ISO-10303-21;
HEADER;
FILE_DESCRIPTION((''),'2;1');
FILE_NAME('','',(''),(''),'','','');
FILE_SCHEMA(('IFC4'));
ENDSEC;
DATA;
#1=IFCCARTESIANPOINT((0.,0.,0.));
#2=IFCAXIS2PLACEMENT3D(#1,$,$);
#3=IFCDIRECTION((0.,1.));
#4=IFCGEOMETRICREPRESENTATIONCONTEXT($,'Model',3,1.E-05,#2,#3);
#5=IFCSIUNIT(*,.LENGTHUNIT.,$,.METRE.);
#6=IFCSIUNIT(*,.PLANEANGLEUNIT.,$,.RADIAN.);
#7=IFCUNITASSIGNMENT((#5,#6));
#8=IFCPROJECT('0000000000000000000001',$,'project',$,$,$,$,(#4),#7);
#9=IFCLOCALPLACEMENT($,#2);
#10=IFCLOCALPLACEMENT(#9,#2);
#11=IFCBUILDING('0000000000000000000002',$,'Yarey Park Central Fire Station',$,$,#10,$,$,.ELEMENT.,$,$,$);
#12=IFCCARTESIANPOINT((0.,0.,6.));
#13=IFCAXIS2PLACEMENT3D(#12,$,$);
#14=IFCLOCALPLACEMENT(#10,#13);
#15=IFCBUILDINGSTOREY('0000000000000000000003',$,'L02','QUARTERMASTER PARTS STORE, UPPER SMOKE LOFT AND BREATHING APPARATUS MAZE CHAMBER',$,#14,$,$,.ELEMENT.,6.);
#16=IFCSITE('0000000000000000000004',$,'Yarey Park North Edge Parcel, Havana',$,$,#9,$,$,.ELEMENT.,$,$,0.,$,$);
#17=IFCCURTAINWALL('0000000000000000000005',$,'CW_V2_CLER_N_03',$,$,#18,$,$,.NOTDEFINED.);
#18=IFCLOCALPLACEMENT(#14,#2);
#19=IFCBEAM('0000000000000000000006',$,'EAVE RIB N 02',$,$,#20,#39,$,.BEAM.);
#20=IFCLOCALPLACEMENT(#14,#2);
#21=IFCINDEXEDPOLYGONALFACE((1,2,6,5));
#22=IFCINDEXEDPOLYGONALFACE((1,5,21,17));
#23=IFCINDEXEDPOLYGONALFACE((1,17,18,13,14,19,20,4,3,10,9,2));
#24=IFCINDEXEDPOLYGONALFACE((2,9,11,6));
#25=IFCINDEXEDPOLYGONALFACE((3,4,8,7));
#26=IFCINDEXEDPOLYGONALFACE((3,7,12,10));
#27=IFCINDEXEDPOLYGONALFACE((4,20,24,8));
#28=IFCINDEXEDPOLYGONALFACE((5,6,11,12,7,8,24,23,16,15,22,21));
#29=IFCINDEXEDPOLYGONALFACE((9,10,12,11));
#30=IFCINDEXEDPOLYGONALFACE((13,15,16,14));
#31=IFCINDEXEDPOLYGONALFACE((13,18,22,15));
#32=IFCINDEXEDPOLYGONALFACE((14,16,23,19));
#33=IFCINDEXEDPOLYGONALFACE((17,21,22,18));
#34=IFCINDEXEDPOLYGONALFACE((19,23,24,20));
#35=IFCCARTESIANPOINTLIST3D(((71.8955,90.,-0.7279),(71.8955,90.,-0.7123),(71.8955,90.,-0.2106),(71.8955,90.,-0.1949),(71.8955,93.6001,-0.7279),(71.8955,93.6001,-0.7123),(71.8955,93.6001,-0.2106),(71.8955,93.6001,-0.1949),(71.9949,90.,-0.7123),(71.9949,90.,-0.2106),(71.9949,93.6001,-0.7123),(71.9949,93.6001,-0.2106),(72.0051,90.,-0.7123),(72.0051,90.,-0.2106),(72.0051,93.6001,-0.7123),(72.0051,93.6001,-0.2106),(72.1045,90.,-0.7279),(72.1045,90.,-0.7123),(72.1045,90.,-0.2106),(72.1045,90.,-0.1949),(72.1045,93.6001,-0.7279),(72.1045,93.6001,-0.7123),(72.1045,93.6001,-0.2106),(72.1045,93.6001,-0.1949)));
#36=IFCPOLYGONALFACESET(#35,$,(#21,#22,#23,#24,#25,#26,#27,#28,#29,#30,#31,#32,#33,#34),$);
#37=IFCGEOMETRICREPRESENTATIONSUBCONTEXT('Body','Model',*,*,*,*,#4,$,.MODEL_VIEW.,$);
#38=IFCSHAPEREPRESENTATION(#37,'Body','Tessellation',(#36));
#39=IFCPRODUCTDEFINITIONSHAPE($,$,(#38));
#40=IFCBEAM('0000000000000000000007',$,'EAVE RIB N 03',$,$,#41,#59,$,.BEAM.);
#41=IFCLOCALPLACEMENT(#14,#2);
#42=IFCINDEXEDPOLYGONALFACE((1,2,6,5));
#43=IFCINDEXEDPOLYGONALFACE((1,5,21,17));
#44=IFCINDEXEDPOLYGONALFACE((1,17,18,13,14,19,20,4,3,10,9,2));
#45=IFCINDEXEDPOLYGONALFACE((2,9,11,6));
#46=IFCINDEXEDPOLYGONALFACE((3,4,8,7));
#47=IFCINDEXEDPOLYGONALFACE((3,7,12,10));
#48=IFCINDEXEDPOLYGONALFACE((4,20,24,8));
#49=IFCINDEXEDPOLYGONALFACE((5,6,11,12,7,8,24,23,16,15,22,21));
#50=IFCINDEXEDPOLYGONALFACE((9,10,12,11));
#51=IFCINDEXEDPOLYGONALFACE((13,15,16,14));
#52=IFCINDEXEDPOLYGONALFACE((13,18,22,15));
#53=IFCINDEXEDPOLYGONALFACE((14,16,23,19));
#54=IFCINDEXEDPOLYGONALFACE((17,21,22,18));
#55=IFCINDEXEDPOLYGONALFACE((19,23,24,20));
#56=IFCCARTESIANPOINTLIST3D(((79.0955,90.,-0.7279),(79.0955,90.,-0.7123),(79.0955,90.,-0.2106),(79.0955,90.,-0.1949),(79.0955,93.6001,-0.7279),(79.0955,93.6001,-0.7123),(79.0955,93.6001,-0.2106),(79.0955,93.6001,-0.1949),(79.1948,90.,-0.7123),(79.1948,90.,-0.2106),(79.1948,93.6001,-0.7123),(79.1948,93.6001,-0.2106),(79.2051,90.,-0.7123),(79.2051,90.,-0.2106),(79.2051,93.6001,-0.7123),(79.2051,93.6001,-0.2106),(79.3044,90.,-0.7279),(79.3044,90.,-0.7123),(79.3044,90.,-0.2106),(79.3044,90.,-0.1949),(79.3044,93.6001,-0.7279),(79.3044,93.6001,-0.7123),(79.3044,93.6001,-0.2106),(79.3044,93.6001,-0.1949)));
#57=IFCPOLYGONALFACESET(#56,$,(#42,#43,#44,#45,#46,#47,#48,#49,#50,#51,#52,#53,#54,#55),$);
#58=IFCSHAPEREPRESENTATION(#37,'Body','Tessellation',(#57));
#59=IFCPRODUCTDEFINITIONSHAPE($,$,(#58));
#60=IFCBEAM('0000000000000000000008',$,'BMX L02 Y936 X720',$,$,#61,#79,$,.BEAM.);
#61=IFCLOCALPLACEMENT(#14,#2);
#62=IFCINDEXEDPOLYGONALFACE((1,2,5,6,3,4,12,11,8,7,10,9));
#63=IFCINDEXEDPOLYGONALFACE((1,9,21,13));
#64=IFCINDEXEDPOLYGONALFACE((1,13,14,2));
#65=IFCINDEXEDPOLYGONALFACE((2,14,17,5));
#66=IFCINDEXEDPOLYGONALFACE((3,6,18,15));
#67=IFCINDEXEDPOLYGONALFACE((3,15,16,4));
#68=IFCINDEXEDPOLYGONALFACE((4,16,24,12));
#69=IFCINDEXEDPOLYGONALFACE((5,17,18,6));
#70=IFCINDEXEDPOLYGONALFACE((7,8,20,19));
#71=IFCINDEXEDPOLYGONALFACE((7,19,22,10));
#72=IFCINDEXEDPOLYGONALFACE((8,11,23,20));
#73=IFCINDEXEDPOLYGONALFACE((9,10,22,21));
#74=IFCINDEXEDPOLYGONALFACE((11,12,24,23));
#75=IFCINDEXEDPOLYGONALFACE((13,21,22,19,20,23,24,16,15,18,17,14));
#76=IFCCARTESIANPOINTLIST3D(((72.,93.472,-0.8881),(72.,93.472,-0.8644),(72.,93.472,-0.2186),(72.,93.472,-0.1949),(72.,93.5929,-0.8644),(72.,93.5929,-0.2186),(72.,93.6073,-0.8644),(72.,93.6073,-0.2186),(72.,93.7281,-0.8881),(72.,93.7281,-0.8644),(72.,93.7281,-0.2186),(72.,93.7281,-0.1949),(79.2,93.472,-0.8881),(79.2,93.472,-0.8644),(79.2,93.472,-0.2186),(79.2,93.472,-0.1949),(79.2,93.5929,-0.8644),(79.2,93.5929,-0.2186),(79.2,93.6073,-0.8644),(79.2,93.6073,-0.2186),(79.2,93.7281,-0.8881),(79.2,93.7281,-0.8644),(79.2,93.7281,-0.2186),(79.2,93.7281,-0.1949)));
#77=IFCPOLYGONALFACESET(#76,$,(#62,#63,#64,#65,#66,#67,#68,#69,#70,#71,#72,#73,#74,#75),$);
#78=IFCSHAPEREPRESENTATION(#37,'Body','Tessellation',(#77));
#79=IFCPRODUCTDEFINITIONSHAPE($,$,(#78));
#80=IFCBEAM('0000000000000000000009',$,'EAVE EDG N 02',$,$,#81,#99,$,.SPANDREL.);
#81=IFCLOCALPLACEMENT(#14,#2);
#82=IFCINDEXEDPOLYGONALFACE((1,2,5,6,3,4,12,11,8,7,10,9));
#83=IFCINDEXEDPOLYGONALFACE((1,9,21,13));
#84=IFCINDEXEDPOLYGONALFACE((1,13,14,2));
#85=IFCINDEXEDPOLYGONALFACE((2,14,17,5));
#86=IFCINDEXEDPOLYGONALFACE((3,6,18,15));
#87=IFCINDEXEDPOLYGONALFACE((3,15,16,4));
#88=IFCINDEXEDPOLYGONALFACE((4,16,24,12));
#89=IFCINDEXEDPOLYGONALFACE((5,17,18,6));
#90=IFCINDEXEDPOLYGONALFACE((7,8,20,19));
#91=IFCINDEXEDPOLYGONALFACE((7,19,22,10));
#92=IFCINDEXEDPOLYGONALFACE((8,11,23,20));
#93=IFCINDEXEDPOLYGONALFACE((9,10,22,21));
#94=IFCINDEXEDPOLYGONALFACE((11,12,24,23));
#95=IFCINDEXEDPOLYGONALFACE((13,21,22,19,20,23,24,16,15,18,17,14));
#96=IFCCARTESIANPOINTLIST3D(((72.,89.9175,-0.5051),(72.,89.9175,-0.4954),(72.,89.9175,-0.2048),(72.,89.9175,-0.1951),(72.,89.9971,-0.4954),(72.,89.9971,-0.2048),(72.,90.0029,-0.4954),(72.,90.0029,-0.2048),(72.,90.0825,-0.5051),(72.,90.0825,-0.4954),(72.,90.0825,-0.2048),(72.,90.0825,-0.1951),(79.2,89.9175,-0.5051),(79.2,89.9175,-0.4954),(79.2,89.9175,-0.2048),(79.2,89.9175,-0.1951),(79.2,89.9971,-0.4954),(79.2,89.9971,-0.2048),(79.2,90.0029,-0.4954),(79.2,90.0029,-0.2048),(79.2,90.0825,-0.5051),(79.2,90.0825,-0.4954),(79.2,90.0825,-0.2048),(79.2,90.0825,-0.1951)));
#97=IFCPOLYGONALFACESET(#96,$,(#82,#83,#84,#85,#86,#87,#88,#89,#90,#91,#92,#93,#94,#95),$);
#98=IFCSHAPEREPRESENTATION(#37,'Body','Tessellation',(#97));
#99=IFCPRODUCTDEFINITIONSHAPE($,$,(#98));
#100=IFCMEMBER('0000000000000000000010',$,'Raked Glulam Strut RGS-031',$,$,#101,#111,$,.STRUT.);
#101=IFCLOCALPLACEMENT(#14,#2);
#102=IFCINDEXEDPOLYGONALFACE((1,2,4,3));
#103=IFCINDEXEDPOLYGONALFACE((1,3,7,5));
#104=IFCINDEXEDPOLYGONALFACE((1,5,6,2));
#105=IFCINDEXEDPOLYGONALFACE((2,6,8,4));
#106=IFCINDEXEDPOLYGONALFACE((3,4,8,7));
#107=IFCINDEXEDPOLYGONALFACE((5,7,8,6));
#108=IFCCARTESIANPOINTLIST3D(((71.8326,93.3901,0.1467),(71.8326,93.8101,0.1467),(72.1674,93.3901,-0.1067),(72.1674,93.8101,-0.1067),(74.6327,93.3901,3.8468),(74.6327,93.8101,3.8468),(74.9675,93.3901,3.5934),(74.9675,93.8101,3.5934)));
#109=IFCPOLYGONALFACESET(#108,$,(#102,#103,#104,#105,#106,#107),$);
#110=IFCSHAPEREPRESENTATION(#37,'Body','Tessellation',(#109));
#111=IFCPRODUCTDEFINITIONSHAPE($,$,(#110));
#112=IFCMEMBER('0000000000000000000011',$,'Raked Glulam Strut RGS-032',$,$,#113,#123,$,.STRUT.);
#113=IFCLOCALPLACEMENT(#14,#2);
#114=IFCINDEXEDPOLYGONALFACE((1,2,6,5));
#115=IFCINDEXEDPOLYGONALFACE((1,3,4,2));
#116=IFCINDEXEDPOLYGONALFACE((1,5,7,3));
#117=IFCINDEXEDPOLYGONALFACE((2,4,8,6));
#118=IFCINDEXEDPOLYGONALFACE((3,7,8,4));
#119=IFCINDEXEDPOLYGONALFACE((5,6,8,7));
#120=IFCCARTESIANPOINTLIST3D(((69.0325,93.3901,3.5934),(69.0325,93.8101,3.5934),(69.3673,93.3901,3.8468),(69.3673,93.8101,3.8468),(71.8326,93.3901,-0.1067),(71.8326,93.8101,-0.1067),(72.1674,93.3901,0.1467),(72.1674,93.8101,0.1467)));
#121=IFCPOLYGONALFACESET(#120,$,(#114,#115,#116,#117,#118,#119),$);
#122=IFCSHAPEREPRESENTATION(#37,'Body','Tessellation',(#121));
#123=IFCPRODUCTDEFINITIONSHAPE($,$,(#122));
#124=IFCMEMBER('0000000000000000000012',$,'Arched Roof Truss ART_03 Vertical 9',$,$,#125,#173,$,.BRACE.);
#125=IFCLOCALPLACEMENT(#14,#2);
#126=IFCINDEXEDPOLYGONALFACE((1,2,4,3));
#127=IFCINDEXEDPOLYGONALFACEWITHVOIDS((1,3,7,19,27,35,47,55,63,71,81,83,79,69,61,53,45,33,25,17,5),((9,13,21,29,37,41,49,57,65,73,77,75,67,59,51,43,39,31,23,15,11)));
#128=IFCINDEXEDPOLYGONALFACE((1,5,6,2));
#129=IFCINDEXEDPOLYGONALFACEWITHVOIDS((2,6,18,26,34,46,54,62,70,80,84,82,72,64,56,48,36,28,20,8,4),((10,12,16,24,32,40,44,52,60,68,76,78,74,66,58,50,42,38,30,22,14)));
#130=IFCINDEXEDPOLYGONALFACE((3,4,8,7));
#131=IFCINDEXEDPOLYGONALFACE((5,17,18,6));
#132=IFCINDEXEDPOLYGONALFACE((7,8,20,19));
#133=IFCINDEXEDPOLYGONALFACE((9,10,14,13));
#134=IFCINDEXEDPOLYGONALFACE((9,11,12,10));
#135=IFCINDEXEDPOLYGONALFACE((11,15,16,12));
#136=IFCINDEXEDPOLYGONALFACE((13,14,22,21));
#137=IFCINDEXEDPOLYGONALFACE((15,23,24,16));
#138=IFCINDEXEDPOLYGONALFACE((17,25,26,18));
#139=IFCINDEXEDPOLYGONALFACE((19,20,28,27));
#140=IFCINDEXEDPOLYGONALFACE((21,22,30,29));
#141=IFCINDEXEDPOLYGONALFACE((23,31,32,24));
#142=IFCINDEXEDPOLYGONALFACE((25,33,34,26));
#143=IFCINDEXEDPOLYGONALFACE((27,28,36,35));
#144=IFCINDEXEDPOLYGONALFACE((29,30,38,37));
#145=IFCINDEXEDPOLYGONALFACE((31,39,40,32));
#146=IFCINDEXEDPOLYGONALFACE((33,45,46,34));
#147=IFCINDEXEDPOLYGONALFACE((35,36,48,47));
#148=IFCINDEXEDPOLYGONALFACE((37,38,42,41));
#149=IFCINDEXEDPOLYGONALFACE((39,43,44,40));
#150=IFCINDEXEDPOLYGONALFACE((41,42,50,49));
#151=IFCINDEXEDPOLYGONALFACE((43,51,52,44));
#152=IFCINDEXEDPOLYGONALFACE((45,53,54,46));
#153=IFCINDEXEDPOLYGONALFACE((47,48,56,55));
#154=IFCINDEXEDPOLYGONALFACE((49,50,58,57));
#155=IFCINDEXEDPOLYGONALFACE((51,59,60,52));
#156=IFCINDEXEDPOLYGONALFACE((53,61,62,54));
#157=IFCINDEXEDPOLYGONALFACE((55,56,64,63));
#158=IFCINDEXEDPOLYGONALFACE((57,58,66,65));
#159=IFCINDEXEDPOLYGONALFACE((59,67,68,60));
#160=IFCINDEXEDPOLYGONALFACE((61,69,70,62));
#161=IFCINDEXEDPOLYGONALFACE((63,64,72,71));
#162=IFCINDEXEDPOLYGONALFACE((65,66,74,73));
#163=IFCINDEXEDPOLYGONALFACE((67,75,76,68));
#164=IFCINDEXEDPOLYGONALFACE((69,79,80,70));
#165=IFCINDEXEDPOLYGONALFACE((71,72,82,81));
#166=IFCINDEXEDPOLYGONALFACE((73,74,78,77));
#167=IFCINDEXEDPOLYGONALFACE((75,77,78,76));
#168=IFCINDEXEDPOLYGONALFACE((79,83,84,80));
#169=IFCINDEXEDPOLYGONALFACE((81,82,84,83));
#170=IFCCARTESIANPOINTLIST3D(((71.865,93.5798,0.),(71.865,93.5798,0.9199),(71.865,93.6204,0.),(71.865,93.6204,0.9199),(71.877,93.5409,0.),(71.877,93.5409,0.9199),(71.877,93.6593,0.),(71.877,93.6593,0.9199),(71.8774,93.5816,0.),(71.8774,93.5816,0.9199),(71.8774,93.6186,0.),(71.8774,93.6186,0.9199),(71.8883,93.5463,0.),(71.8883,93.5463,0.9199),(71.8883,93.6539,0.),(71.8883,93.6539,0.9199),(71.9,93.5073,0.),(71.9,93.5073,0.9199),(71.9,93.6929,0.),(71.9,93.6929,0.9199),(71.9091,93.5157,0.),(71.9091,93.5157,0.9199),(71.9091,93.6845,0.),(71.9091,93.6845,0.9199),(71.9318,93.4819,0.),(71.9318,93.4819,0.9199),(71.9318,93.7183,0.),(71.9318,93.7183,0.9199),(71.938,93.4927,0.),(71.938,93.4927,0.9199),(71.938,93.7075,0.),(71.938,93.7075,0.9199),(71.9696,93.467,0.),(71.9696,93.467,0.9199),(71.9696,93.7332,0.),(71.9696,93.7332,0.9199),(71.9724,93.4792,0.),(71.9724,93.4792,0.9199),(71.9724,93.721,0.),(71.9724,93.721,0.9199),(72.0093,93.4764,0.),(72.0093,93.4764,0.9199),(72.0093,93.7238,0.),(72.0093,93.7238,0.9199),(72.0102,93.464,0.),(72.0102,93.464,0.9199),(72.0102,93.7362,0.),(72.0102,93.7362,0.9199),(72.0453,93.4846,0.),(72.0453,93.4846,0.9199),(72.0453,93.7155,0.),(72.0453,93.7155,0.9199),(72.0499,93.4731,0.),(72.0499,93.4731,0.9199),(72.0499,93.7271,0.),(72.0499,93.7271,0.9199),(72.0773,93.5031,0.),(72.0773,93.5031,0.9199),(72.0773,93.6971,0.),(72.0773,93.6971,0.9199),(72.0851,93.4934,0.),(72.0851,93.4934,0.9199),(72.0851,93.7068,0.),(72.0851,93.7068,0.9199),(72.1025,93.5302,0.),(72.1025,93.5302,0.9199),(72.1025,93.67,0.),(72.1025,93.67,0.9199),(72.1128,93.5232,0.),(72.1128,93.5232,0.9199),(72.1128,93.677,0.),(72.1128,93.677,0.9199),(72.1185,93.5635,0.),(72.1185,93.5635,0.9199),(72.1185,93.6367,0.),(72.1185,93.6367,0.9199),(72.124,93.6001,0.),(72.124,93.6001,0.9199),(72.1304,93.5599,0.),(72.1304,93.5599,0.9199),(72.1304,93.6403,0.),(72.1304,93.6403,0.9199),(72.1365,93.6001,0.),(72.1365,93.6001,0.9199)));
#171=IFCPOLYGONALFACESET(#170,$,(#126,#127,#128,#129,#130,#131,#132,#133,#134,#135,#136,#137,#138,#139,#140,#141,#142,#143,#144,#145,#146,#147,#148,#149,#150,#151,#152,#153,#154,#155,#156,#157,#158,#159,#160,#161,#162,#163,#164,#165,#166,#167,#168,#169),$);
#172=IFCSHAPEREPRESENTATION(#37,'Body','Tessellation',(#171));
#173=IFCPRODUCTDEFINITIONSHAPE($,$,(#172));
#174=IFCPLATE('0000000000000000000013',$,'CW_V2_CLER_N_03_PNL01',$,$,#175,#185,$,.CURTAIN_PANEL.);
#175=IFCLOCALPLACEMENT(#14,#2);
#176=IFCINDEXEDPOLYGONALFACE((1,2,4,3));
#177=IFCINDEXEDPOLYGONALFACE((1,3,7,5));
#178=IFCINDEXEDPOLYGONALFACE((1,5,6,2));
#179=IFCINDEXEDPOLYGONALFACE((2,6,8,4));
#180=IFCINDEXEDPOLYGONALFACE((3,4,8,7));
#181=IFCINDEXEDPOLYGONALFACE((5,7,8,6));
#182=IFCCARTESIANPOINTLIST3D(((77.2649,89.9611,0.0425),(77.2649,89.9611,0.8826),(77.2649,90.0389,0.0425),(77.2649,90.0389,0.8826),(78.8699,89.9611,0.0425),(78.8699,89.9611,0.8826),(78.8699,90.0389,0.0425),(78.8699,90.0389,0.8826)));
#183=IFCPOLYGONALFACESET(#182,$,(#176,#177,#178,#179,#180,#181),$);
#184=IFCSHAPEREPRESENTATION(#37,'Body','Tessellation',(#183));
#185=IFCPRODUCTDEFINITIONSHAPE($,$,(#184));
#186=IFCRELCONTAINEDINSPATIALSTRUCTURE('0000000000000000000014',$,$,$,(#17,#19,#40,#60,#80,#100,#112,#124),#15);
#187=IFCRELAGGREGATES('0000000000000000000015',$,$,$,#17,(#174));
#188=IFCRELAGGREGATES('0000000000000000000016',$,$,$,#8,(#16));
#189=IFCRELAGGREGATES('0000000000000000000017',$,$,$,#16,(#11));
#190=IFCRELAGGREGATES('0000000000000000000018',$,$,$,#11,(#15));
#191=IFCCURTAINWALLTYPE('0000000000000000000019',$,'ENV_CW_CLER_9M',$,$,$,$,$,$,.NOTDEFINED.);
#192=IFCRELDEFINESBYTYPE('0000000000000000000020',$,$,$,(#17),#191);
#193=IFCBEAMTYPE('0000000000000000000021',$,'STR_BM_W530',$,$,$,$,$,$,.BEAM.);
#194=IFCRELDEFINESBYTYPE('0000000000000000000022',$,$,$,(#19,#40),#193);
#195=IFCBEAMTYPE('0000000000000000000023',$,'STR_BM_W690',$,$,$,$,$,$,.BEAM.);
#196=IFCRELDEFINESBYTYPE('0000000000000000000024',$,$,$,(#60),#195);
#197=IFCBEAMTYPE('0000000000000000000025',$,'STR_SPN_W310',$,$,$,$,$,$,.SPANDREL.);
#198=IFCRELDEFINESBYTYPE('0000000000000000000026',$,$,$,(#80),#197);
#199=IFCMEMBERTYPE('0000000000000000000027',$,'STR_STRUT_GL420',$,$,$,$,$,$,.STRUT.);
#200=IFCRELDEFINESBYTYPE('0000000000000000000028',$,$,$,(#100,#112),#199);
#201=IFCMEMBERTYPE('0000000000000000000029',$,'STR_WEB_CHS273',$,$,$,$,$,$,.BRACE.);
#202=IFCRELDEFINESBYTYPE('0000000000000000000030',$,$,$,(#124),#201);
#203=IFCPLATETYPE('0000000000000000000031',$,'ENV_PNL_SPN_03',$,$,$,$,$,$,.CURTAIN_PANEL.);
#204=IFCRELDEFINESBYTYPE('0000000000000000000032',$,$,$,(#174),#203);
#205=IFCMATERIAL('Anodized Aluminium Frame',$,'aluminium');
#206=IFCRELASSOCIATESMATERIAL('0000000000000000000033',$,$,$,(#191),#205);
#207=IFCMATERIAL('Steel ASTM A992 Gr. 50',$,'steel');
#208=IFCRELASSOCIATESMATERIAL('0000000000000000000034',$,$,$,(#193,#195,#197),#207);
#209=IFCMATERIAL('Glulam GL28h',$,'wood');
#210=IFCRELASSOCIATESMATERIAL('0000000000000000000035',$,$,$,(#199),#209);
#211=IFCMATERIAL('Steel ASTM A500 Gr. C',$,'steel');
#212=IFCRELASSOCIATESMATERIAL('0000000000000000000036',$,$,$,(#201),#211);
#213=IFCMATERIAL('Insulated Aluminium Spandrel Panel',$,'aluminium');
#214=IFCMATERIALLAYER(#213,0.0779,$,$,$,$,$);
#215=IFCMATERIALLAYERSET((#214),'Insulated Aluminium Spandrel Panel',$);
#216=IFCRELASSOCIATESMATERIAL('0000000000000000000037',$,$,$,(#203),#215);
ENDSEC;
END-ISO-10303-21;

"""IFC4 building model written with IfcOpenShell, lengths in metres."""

from ifc_helpers import new_model, si_unit, direction, frame, origin, origin_2d, place, context, subcontext, project, spatial, rectangle, hollow_circle, i_section, extrude, material, layer, layer_set, material_profile, profile_set, type_object, element, aggregate, save


model = new_model("IFC4")

# Units and contexts
model_context = context("Model", 3, precision=1e-05, world=origin(), true_north=direction((0.0, 1.0)))
body_context = subcontext(model_context, "Body", "Model", "MODEL_VIEW")
ifc_project = project(units=[si_unit("LENGTHUNIT", "METRE"), si_unit("PLANEANGLEUNIT", "RADIAN")], contexts=[model_context])

# Site, building, storey
site_placement = place(None, origin())
site = spatial("IfcSite", under=ifc_project, at=site_placement, Name="Yarey Park North Edge Parcel, Havana", CompositionType="ELEMENT", RefElevation=0.0)
building_placement = place(site_placement, origin())
building = spatial("IfcBuilding", under=site, at=building_placement, Name="Yarey Park Central Fire Station", CompositionType="ELEMENT")
storey_placement = place(building_placement, frame((0.0, 0.0, 6.0)))
storey = spatial("IfcBuildingStorey", under=building, at=storey_placement, Name="L02", Description="QUARTERMASTER PARTS STORE, UPPER SMOKE LOFT AND BREATHING APPARATUS MAZE CHAMBER", CompositionType="ELEMENT", Elevation=6.0)

# Shared definitions
ifc_material_1 = material(Name="Steel ASTM A992 Gr. 50", Category="steel")

# Curtain wall
ifc_material_2 = material(Name="Anodized Aluminium Frame", Category="aluminium")
curtain_wall_type = type_object("IfcCurtainWallType", Name="ENV_CW_CLER_9M", PredefinedType="NOTDEFINED", material=ifc_material_2)
curtain_wall_placement = place(storey_placement, origin())
curtain_wall = element("IfcCurtainWall", 1, at=curtain_wall_placement, inside=storey, type_object=curtain_wall_type, Name="CW_V2_CLER_N_03", PredefinedType="NOTDEFINED")

# Beams
ifc_material_profile_1 = material_profile(ifc_material_1, i_section(OverallWidth=0.209, OverallDepth=0.533, WebThickness=0.0103, FlangeThickness=0.0156, at=origin_2d()), Name="W530x92")
ifc_profile_set_1 = profile_set([ifc_material_profile_1], Name="Steel ASTM A992 Gr. 50")
beam_type_1 = type_object("IfcBeamType", Name="STR_BM_W530", PredefinedType="BEAM", material=ifc_profile_set_1)
for number, where, z_axis, x_axis, name in (
    (2, (72.0, 90.0, -0.4614), (0.0, 1.0, 0.0), (-1.0, 0.0, 0.0), "EAVE RIB N 02"),
    (3, (79.2, 90.0, -0.4614), (0.0, 1.0, 0.0), (-1.0, 0.0, 0.0), "EAVE RIB N 03"),
):
    element("IfcBeam", number, at=place(storey_placement, frame(where, z_axis=z_axis, x_axis=x_axis)), inside=storey, type_object=beam_type_1, Name=name, PredefinedType="BEAM", context=body_context, shape_type="SweptSolid", body=[
        extrude(i_section(OverallWidth=0.209, OverallDepth=0.533, WebThickness=0.0103, FlangeThickness=0.0156, at=origin_2d()), origin(), (0.0, 0.0, 1.0), 3.6001),
    ])
ifc_material_profile_2 = material_profile(ifc_material_1, i_section(OverallWidth=0.2561, OverallDepth=0.6931, WebThickness=0.0144, FlangeThickness=0.0237, at=origin_2d()), Name="W690x170")
ifc_profile_set_2 = profile_set([ifc_material_profile_2], Name="Steel ASTM A992 Gr. 50")
beam_type_2 = type_object("IfcBeamType", Name="STR_BM_W690", PredefinedType="BEAM", material=ifc_profile_set_2)
beam_1_placement = place(storey_placement, frame((72.0, 93.6001, -0.5415), z_axis=(1.0, 0.0, 0.0), x_axis=(0.0, 1.0, 0.0)))
element("IfcBeam", 4, at=beam_1_placement, inside=storey, type_object=beam_type_2, Name="BMX L02 Y936 X720", PredefinedType="BEAM", context=body_context, shape_type="SweptSolid", body=[
    extrude(i_section(OverallWidth=0.2561, OverallDepth=0.6931, WebThickness=0.0144, FlangeThickness=0.0237, at=origin_2d()), origin(), (0.0, 0.0, 1.0), 7.2),
])
ifc_material_profile_3 = material_profile(ifc_material_1, i_section(OverallWidth=0.165, OverallDepth=0.3101, WebThickness=0.0059, FlangeThickness=0.0098, at=origin_2d()), Name="W310x39")
ifc_profile_set_3 = profile_set([ifc_material_profile_3], Name="Steel ASTM A992 Gr. 50")
beam_type_3 = type_object("IfcBeamType", Name="STR_SPN_W310", PredefinedType="SPANDREL", material=ifc_profile_set_3)
beam_2_placement = place(storey_placement, frame((72.0, 90.0, -0.3501), z_axis=(1.0, 0.0, 0.0), x_axis=(0.0, 1.0, 0.0)))
element("IfcBeam", 5, at=beam_2_placement, inside=storey, type_object=beam_type_3, Name="EAVE EDG N 02", PredefinedType="SPANDREL", context=body_context, shape_type="SweptSolid", body=[
    extrude(i_section(OverallWidth=0.165, OverallDepth=0.3101, WebThickness=0.0059, FlangeThickness=0.0098, at=origin_2d()), origin(), (0.0, 0.0, 1.0), 7.2),
])

# Members
ifc_material_3 = material(Name="Glulam GL28h", Category="wood")
ifc_material_profile_4 = material_profile(ifc_material_3, rectangle(XDim=0.4199, YDim=0.4199, at=origin_2d()), Name="GL 420x420")
ifc_profile_set_4 = profile_set([ifc_material_profile_4], Name="Glulam GL28h")
member_type_1 = type_object("IfcMemberType", Name="STR_STRUT_GL420", PredefinedType="STRUT", material=ifc_profile_set_4)
for number, where, z_axis, x_axis, name in (
    (6, (72.0, 93.6001, 0.02), (0.603454, 0.0, 0.797397), (0.0, 1.0, 0.0), "Raked Glulam Strut RGS-031"),
    (7, (72.0, 93.6001, 0.02), (-0.603454, 0.0, 0.797397), (0.0, -1.0, 0.0), "Raked Glulam Strut RGS-032"),
):
    element("IfcMember", number, at=place(storey_placement, frame(where, z_axis=z_axis, x_axis=x_axis)), inside=storey, type_object=member_type_1, Name=name, PredefinedType="STRUT", context=body_context, shape_type="SweptSolid", body=[
        extrude(rectangle(XDim=0.4199, YDim=0.4199, at=origin_2d()), origin(), (0.0, 0.0, 1.0), 4.6401),
    ])
ifc_material_4 = material(Name="Steel ASTM A500 Gr. C", Category="steel")
ifc_material_profile_5 = material_profile(ifc_material_4, hollow_circle(Radius=0.1365, WallThickness=0.0125, at=origin_2d()), Name="CHS 273x12.5")
ifc_profile_set_5 = profile_set([ifc_material_profile_5], Name="Steel ASTM A500 Gr. C")
member_type_2 = type_object("IfcMemberType", Name="STR_WEB_CHS273", PredefinedType="BRACE", material=ifc_profile_set_5)
member_1_placement = place(storey_placement, frame((72.0, 93.6001, 0.0), z_axis=(0.0, 0.0, 1.0), x_axis=(1.0, 0.0, 0.0)))
element("IfcMember", 8, at=member_1_placement, inside=storey, type_object=member_type_2, Name="Arched Roof Truss ART_03 Vertical 9", PredefinedType="BRACE", context=body_context, shape_type="SweptSolid", body=[
    extrude(hollow_circle(Radius=0.1365, WallThickness=0.0125, at=origin_2d()), origin(), (0.0, 0.0, 1.0), 0.9199),
])

# Plate
ifc_material_5 = material(Name="Insulated Aluminium Spandrel Panel", Category="aluminium")
ifc_layer_1 = layer(ifc_material_5, 0.0779)
ifc_layer_set_1 = layer_set([ifc_layer_1], Name="Insulated Aluminium Spandrel Panel")
plate_type_1 = type_object("IfcPlateType", Name="ENV_PNL_SPN_03", PredefinedType="CURTAIN_PANEL", material=ifc_layer_set_1)
plate_1_placement = place(storey_placement, frame((78.0674, 90.0, 0.0425), z_axis=(0.0, 0.0, 1.0), x_axis=(-1.0, 0.0, 0.0)))
plate_1 = element("IfcPlate", 9, at=plate_1_placement, type_object=plate_type_1, Name="CW_V2_CLER_N_03_PNL01", PredefinedType="CURTAIN_PANEL", context=body_context, shape_type="SweptSolid", body=[
    extrude(rectangle(XDim=1.605, YDim=0.0779, at=origin_2d()), origin(), (0.0, 0.0, 1.0), 0.8401),
])
aggregate(curtain_wall, [plate_1])

save(model, "model.ifc")
